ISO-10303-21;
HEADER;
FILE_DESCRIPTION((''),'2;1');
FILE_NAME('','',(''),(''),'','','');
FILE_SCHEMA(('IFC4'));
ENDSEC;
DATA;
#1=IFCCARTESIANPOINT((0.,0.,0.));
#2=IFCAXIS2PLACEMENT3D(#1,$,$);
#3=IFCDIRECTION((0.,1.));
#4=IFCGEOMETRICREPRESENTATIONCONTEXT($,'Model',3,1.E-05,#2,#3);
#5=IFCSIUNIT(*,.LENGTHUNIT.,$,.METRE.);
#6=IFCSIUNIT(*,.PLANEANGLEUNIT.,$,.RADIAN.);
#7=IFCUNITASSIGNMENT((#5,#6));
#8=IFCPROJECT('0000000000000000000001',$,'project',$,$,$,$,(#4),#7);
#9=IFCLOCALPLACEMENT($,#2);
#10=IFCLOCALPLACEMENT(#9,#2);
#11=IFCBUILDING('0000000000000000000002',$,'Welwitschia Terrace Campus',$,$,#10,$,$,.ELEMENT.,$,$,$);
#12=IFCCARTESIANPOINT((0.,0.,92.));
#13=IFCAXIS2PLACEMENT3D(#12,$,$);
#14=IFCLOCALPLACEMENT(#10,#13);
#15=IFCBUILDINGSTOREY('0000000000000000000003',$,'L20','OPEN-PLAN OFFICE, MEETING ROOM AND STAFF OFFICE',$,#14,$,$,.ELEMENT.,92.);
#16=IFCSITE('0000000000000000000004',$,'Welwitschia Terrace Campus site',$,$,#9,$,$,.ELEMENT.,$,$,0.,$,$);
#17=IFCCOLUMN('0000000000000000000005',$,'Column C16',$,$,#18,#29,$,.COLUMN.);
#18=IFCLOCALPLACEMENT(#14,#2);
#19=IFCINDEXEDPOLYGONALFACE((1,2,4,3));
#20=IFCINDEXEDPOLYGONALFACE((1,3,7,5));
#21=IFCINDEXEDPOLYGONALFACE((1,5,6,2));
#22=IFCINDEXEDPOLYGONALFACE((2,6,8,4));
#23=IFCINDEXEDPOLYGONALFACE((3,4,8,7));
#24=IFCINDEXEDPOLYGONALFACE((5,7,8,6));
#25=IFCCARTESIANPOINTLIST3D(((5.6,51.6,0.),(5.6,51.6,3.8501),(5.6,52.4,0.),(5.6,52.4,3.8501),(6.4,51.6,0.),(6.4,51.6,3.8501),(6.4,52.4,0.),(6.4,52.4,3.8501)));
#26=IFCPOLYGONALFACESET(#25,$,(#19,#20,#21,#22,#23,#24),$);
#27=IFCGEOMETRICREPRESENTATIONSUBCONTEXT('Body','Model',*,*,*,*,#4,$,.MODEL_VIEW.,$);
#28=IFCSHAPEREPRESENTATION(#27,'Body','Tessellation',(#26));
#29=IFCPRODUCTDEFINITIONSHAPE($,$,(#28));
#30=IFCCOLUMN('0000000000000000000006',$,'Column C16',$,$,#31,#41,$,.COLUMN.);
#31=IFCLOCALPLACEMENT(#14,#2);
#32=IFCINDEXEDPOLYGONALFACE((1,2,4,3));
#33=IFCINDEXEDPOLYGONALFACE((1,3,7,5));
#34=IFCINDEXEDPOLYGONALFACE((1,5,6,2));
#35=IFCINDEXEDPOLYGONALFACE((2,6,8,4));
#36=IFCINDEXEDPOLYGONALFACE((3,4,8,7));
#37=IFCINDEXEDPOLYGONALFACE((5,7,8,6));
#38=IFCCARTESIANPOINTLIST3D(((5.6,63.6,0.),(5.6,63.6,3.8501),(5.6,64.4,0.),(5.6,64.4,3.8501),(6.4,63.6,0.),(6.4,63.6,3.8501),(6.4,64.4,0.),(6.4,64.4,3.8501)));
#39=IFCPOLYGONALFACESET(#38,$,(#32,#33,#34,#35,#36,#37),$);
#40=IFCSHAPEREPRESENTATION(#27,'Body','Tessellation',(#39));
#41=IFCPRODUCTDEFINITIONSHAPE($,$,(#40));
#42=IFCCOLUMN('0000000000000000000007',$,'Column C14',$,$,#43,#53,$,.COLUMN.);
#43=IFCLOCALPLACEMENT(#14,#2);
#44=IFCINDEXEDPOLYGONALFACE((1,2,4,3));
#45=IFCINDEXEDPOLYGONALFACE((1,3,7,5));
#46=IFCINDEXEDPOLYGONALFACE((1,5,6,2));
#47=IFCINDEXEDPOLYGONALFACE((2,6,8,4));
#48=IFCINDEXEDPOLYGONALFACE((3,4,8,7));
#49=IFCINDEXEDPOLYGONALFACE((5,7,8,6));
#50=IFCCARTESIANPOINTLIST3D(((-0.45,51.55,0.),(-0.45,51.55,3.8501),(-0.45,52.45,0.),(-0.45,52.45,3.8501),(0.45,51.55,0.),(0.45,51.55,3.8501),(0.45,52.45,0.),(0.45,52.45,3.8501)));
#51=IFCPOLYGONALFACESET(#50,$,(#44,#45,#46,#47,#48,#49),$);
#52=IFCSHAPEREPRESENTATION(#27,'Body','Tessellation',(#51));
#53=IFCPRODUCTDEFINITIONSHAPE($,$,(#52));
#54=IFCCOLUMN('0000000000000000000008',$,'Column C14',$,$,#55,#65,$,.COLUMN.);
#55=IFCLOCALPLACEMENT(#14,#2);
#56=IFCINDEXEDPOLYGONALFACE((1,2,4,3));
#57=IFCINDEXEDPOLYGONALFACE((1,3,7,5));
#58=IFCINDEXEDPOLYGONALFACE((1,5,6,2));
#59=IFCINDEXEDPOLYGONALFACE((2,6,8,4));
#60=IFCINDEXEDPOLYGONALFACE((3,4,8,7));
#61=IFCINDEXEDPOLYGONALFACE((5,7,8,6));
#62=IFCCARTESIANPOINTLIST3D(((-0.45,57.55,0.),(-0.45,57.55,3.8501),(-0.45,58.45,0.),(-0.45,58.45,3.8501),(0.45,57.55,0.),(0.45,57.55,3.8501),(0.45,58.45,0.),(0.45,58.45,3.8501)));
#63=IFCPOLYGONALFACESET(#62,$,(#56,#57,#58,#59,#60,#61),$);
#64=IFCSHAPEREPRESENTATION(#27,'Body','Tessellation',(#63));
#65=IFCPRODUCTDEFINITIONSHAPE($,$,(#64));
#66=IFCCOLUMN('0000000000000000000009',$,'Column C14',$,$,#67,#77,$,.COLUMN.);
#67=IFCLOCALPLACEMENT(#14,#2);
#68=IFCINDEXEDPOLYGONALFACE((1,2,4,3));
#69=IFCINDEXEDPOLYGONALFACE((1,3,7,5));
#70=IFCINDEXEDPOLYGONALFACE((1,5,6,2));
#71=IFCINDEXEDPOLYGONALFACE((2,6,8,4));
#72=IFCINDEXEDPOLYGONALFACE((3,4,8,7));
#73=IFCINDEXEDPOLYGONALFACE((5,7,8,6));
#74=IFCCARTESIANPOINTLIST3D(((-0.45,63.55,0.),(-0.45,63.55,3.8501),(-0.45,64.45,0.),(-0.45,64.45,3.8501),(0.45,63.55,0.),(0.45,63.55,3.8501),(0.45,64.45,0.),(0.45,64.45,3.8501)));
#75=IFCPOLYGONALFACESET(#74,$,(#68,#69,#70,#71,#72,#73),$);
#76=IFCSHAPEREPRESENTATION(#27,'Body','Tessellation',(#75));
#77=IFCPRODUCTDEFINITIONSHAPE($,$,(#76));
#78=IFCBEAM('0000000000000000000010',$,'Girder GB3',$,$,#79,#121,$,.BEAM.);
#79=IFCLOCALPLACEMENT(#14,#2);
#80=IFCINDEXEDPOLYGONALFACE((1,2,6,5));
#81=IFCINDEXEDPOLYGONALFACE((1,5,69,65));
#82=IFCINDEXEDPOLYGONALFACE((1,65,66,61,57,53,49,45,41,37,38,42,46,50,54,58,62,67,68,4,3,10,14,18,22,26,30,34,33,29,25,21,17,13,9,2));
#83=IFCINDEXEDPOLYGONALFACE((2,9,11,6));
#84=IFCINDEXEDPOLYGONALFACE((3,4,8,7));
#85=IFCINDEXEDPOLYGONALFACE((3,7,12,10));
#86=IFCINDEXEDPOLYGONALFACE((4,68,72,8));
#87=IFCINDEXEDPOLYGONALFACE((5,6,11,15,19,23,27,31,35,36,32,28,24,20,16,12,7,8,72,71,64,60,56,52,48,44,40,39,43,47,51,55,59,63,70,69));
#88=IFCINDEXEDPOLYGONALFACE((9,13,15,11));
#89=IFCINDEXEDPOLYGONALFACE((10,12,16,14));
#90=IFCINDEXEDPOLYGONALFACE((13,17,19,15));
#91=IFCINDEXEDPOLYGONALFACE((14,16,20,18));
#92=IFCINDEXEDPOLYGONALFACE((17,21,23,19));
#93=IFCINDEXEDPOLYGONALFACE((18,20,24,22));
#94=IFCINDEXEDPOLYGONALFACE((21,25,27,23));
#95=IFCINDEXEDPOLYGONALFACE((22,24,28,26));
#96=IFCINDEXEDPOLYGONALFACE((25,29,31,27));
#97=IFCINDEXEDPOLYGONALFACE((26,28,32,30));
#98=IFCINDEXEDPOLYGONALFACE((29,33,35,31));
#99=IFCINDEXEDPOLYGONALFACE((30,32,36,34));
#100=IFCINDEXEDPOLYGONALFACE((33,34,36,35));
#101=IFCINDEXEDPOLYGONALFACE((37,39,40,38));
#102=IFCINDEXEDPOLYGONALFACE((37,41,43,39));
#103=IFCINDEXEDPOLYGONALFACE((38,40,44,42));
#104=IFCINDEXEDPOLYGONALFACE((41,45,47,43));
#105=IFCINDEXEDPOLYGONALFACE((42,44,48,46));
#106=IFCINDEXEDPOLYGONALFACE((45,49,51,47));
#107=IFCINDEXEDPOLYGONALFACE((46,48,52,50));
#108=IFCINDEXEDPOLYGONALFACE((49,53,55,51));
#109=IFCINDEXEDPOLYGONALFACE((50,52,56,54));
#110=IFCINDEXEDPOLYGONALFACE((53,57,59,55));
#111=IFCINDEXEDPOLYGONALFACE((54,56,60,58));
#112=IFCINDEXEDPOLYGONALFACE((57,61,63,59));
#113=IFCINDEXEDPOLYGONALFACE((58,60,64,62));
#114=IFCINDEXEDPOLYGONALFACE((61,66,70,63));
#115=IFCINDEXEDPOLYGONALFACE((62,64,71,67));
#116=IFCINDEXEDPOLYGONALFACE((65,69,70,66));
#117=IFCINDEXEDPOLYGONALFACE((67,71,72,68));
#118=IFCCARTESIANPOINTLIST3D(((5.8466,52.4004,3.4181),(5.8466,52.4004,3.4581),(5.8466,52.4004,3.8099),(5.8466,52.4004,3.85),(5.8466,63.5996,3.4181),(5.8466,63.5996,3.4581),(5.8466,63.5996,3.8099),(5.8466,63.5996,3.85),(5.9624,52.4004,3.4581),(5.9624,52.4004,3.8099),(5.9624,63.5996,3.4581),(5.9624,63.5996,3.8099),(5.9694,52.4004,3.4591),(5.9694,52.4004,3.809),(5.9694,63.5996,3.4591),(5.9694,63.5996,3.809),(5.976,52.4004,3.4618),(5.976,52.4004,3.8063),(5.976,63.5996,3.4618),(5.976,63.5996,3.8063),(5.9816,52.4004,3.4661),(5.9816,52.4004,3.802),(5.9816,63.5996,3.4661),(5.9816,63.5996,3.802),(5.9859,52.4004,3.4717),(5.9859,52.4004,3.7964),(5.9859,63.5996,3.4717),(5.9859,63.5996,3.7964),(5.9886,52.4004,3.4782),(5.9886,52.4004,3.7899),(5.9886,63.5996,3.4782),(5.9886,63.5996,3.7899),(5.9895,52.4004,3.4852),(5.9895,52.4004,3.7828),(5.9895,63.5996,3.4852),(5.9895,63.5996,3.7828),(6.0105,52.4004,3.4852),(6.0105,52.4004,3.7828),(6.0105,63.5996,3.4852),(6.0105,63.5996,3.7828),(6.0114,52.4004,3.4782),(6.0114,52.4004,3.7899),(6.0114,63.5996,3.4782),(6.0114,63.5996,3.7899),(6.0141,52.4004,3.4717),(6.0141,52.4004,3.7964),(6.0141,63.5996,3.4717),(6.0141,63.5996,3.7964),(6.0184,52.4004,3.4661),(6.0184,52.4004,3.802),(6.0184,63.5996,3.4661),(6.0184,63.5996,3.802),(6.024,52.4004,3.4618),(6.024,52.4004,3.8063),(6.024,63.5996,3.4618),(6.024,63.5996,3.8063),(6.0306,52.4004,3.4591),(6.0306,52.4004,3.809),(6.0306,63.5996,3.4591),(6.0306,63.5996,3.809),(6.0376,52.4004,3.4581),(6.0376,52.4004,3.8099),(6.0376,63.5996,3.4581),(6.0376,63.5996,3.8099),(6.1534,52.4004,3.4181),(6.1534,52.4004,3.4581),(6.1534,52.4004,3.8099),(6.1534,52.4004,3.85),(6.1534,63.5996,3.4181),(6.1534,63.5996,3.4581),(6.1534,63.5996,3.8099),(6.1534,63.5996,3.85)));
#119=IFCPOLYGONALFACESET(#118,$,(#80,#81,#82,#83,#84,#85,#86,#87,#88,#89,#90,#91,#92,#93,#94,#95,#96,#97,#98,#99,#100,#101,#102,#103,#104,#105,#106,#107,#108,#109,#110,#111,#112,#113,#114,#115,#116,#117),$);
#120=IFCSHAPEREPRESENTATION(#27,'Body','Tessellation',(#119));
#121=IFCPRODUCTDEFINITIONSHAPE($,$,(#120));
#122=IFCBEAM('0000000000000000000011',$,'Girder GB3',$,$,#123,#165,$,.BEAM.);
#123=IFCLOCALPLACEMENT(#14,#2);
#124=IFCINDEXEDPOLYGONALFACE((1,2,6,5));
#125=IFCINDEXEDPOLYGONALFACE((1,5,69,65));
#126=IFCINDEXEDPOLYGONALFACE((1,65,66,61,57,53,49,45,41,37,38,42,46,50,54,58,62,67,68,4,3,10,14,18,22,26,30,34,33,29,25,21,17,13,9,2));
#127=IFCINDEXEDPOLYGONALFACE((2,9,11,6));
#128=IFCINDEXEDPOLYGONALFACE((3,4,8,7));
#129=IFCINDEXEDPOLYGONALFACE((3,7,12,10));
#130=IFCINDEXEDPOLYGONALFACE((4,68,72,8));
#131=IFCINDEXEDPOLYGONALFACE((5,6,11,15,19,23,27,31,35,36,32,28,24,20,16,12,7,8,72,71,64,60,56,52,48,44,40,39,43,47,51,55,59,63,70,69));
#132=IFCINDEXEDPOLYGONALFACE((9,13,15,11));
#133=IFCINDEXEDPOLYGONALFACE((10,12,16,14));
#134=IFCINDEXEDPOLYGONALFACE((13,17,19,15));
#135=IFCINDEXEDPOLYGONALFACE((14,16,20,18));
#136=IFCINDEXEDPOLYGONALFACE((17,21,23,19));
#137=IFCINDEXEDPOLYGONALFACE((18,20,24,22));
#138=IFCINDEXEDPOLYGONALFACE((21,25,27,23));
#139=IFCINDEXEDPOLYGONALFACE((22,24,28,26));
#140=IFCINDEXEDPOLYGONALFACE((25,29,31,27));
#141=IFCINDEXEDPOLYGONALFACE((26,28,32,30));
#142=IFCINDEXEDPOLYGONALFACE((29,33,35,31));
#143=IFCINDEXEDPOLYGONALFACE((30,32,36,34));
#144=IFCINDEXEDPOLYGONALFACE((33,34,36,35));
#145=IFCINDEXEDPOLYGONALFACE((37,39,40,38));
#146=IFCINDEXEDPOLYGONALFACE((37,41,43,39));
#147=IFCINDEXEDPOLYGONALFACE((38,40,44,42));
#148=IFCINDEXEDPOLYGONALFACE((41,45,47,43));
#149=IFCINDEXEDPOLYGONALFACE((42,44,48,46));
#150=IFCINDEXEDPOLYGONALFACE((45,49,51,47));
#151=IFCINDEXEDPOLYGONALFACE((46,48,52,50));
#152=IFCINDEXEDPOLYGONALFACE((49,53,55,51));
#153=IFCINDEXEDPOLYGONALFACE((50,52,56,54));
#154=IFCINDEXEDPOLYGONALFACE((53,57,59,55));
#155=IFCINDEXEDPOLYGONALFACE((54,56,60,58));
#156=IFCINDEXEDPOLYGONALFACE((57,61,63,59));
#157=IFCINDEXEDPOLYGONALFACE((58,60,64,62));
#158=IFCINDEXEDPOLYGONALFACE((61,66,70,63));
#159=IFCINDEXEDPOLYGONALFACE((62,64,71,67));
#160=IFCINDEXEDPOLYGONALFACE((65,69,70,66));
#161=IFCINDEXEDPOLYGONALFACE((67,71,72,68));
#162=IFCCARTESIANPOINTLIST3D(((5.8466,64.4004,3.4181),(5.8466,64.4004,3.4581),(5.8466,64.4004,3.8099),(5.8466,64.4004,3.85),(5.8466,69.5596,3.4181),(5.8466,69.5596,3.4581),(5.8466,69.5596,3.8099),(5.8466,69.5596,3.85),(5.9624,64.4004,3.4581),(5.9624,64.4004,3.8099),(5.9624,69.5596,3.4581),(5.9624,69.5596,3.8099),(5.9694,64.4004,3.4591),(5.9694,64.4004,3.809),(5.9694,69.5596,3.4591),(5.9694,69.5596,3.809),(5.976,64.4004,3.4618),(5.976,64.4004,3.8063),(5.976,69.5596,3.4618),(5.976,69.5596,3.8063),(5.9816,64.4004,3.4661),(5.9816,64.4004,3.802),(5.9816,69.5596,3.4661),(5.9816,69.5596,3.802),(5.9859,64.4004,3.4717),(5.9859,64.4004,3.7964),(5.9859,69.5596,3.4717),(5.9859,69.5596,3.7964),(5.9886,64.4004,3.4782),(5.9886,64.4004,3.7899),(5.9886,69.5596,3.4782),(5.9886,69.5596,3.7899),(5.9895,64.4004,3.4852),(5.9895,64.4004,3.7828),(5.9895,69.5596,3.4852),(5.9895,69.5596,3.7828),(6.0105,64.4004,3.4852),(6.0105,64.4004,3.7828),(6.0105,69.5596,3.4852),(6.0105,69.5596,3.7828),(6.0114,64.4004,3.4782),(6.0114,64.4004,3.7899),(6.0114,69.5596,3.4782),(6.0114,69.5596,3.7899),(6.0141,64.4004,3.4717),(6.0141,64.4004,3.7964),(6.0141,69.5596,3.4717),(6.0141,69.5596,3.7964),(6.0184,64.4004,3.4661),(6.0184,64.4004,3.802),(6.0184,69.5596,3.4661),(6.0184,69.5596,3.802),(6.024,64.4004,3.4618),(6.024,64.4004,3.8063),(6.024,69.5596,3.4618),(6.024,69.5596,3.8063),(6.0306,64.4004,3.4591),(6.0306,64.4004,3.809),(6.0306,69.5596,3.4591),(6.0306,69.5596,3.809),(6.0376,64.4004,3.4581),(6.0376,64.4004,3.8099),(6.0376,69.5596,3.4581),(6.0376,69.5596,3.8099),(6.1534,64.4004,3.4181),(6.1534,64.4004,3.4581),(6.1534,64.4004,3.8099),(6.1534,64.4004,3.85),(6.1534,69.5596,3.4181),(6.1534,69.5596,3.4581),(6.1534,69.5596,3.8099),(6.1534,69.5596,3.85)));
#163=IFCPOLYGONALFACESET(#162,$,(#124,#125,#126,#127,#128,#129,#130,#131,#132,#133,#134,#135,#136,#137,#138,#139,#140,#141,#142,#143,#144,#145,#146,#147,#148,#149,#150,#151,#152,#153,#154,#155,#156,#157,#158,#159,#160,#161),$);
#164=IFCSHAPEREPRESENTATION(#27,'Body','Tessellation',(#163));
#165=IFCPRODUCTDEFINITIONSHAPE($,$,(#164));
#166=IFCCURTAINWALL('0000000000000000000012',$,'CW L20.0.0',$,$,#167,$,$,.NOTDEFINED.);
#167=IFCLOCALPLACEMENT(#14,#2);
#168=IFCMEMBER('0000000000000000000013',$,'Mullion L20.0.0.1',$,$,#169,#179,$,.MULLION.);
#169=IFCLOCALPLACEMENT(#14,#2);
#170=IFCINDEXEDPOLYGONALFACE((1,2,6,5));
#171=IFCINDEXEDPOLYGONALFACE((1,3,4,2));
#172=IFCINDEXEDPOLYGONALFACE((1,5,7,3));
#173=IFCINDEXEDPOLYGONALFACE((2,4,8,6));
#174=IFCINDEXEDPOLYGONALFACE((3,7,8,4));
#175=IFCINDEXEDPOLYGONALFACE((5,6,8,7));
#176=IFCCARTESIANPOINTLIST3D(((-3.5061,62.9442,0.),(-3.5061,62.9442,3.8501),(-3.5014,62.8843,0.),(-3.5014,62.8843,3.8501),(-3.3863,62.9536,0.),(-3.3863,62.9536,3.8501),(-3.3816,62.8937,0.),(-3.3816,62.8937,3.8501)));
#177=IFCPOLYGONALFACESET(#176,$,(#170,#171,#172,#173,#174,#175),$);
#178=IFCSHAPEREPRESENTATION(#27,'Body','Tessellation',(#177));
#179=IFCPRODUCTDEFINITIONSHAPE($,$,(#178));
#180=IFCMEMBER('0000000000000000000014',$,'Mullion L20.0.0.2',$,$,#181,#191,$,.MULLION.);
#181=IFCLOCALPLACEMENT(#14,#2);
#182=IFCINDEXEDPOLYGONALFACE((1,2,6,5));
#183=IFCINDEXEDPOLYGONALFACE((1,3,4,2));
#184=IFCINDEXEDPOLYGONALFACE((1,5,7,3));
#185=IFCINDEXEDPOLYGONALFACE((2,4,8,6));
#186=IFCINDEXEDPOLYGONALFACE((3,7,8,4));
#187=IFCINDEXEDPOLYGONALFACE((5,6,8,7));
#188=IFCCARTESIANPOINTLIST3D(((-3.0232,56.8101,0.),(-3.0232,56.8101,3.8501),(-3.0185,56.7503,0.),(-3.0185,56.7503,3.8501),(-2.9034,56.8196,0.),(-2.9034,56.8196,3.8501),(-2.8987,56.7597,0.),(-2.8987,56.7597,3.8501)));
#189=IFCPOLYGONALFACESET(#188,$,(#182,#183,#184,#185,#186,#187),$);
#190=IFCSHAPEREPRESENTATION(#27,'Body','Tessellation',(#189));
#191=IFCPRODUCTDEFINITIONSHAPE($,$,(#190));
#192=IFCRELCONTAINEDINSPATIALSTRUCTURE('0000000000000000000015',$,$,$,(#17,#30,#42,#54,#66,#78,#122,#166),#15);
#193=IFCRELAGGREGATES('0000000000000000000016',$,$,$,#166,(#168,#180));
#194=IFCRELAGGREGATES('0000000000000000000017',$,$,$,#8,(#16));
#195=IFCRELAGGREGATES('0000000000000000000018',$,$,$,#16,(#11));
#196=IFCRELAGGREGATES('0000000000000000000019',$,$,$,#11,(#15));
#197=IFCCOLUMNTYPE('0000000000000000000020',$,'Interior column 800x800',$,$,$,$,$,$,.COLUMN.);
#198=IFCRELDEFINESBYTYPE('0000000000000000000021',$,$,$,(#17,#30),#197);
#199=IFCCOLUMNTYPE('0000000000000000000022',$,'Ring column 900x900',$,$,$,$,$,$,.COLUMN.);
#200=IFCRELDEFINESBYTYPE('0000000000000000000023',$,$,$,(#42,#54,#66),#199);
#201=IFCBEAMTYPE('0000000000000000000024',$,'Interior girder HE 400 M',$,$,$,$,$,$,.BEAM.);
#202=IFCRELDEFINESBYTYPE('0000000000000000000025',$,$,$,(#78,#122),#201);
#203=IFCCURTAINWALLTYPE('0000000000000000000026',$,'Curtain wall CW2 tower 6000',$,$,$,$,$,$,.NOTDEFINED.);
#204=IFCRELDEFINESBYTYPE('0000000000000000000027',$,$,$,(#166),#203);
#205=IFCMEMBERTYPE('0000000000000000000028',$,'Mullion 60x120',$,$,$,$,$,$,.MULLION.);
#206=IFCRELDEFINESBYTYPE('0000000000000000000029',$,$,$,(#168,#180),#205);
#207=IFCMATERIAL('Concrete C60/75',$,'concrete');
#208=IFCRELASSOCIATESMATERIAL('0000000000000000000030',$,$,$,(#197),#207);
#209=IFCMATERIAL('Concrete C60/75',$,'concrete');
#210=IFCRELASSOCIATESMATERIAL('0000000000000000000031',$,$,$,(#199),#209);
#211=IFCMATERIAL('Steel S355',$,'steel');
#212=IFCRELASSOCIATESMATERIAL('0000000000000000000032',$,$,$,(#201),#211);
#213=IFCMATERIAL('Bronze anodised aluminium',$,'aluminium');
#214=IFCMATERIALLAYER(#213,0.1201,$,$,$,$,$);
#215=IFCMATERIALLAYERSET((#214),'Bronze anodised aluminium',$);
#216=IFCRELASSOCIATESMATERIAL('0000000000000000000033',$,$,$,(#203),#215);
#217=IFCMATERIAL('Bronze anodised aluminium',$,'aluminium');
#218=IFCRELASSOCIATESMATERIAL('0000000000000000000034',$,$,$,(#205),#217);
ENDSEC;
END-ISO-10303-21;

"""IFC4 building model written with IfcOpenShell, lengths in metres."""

from ifc_helpers import new_model, si_unit, direction, frame, origin, origin_2d, place, context, subcontext, project, spatial, rectangle, i_section, extrude, material, layer, layer_set, material_profile, profile_set, type_object, element, aggregate, save


model = new_model("IFC4")

# Units and contexts
model_context = context("Model", 3, precision=1e-05, world=origin(), true_north=direction((0.0, 1.0)))
body_context = subcontext(model_context, "Body", "Model", "MODEL_VIEW")
ifc_project = project(units=[si_unit("LENGTHUNIT", "METRE"), si_unit("PLANEANGLEUNIT", "RADIAN")], contexts=[model_context])

# Site, building, storey
site_placement = place(None, origin())
site = spatial("IfcSite", under=ifc_project, at=site_placement, Name="Welwitschia Terrace Campus site", CompositionType="ELEMENT", RefElevation=0.0)
building_placement = place(site_placement, origin())
building = spatial("IfcBuilding", under=site, at=building_placement, Name="Welwitschia Terrace Campus", CompositionType="ELEMENT")
storey_placement = place(building_placement, frame((0.0, 0.0, 92.0)))
storey = spatial("IfcBuildingStorey", under=building, at=storey_placement, Name="L20", Description="OPEN-PLAN OFFICE, MEETING ROOM AND STAFF OFFICE", CompositionType="ELEMENT", Elevation=92.0)

# Columns
ifc_material_1 = material(Name="Concrete C60/75", Category="concrete")
ifc_material_profile_1 = material_profile(ifc_material_1, rectangle(XDim=0.8, YDim=0.8, at=origin_2d()))
ifc_profile_set_1 = profile_set([ifc_material_profile_1], Name="Concrete C60/75")
column_type_1 = type_object("IfcColumnType", Name="Interior column 800x800", PredefinedType="COLUMN", material=ifc_profile_set_1)
for number, where, z_axis, x_axis, name in (
    (1, (6.0, 52.0, 0.0), (0.0, 0.0, 1.0), (1.0, 0.0, 0.0), "Column C16"),
    (2, (6.0, 64.0, 0.0), (0.0, 0.0, 1.0), (1.0, 0.0, 0.0), "Column C16"),
):
    element("IfcColumn", number, at=place(storey_placement, frame(where, z_axis=z_axis, x_axis=x_axis)), inside=storey, type_object=column_type_1, Name=name, PredefinedType="COLUMN", context=body_context, shape_type="SweptSolid", body=[
        extrude(rectangle(XDim=0.8, YDim=0.8, at=origin_2d()), origin(), (0.0, 0.0, 1.0), 3.8501),
    ])
ifc_material_2 = material(Name="Concrete C60/75", Category="concrete")
ifc_material_profile_2 = material_profile(ifc_material_2, rectangle(XDim=0.8999, YDim=0.8999, at=origin_2d()))
ifc_profile_set_2 = profile_set([ifc_material_profile_2], Name="Concrete C60/75")
column_type_2 = type_object("IfcColumnType", Name="Ring column 900x900", PredefinedType="COLUMN", material=ifc_profile_set_2)
for number, where, z_axis, x_axis, name in (
    (3, (0.0, 52.0, 0.0), (0.0, 0.0, 1.0), (1.0, 0.0, 0.0), "Column C14"),
    (4, (0.0, 58.0, 0.0), (0.0, 0.0, 1.0), (1.0, 0.0, 0.0), "Column C14"),
    (5, (0.0, 64.0, 0.0), (0.0, 0.0, 1.0), (1.0, 0.0, 0.0), "Column C14"),
):
    element("IfcColumn", number, at=place(storey_placement, frame(where, z_axis=z_axis, x_axis=x_axis)), inside=storey, type_object=column_type_2, Name=name, PredefinedType="COLUMN", context=body_context, shape_type="SweptSolid", body=[
        extrude(rectangle(XDim=0.8999, YDim=0.8999, at=origin_2d()), origin(), (0.0, 0.0, 1.0), 3.8501),
    ])

# Beams
ifc_material_3 = material(Name="Steel S355", Category="steel")
ifc_material_profile_3 = material_profile(ifc_material_3, i_section(OverallWidth=0.3069, OverallDepth=0.4319, WebThickness=0.021, FlangeThickness=0.04, FilletRadius=0.0271, at=origin_2d()))
ifc_profile_set_3 = profile_set([ifc_material_profile_3], Name="Steel S355")
beam_type_1 = type_object("IfcBeamType", Name="Interior girder HE 400 M", PredefinedType="BEAM", material=ifc_profile_set_3)
beam_1_placement = place(storey_placement, frame((6.0, 52.4004, 3.634), z_axis=(0.0, 1.0, 0.0), x_axis=(-1.0, 0.0, 0.0)))
element("IfcBeam", 6, at=beam_1_placement, inside=storey, type_object=beam_type_1, Name="Girder GB3", PredefinedType="BEAM", context=body_context, shape_type="SweptSolid", body=[
    extrude(i_section(OverallWidth=0.3069, OverallDepth=0.4319, WebThickness=0.021, FlangeThickness=0.04, FilletRadius=0.0271, at=origin_2d()), origin(), (0.0, 0.0, 1.0), 11.1992),
])
beam_2_placement = place(storey_placement, frame((6.0, 64.4004, 3.634), z_axis=(0.0, 1.0, 0.0), x_axis=(-1.0, 0.0, 0.0)))
element("IfcBeam", 7, at=beam_2_placement, inside=storey, type_object=beam_type_1, Name="Girder GB3", PredefinedType="BEAM", context=body_context, shape_type="SweptSolid", body=[
    extrude(i_section(OverallWidth=0.3069, OverallDepth=0.4319, WebThickness=0.021, FlangeThickness=0.04, FilletRadius=0.0271, at=origin_2d()), origin(), (0.0, 0.0, 1.0), 5.1592),
])

# Curtain wall, members
ifc_material_4 = material(Name="Bronze anodised aluminium", Category="aluminium")
ifc_layer_1 = layer(ifc_material_4, 0.1201)
ifc_layer_set_1 = layer_set([ifc_layer_1], Name="Bronze anodised aluminium")
curtain_wall_type = type_object("IfcCurtainWallType", Name="Curtain wall CW2 tower 6000", PredefinedType="NOTDEFINED", material=ifc_layer_set_1)
curtain_wall_placement = place(storey_placement, origin())
curtain_wall = element("IfcCurtainWall", 8, at=curtain_wall_placement, inside=storey, type_object=curtain_wall_type, Name="CW L20.0.0", PredefinedType="NOTDEFINED")
ifc_material_5 = material(Name="Bronze anodised aluminium", Category="aluminium")
ifc_material_profile_4 = material_profile(ifc_material_5, rectangle(XDim=0.1201, YDim=0.0601, at=origin_2d()))
ifc_profile_set_4 = profile_set([ifc_material_profile_4], Name="Bronze anodised aluminium")
member_type = type_object("IfcMemberType", Name="Mullion 60x120", PredefinedType="MULLION", material=ifc_profile_set_4)
member_1_placement = place(storey_placement, frame((-3.4438, 62.9189, 0.0), z_axis=(0.0, 0.0, 1.0), x_axis=(0.996917, 0.078459, 0.0)))
member_1 = element("IfcMember", 9, at=member_1_placement, type_object=member_type, Name="Mullion L20.0.0.1", PredefinedType="MULLION", context=body_context, shape_type="SweptSolid", body=[
    extrude(rectangle(XDim=0.1201, YDim=0.0601, at=origin_2d()), origin(), (0.0, 0.0, 1.0), 3.8501),
])
member_2_placement = place(storey_placement, frame((-2.9609, 56.7849, 0.0), z_axis=(0.0, 0.0, 1.0), x_axis=(0.996917, 0.078459, 0.0)))
member_2 = element("IfcMember", 10, at=member_2_placement, type_object=member_type, Name="Mullion L20.0.0.2", PredefinedType="MULLION", context=body_context, shape_type="SweptSolid", body=[
    extrude(rectangle(XDim=0.1201, YDim=0.0601, at=origin_2d()), origin(), (0.0, 0.0, 1.0), 3.8501),
])

aggregate(curtain_wall, [member_1, member_2])

save(model, "model.ifc")
